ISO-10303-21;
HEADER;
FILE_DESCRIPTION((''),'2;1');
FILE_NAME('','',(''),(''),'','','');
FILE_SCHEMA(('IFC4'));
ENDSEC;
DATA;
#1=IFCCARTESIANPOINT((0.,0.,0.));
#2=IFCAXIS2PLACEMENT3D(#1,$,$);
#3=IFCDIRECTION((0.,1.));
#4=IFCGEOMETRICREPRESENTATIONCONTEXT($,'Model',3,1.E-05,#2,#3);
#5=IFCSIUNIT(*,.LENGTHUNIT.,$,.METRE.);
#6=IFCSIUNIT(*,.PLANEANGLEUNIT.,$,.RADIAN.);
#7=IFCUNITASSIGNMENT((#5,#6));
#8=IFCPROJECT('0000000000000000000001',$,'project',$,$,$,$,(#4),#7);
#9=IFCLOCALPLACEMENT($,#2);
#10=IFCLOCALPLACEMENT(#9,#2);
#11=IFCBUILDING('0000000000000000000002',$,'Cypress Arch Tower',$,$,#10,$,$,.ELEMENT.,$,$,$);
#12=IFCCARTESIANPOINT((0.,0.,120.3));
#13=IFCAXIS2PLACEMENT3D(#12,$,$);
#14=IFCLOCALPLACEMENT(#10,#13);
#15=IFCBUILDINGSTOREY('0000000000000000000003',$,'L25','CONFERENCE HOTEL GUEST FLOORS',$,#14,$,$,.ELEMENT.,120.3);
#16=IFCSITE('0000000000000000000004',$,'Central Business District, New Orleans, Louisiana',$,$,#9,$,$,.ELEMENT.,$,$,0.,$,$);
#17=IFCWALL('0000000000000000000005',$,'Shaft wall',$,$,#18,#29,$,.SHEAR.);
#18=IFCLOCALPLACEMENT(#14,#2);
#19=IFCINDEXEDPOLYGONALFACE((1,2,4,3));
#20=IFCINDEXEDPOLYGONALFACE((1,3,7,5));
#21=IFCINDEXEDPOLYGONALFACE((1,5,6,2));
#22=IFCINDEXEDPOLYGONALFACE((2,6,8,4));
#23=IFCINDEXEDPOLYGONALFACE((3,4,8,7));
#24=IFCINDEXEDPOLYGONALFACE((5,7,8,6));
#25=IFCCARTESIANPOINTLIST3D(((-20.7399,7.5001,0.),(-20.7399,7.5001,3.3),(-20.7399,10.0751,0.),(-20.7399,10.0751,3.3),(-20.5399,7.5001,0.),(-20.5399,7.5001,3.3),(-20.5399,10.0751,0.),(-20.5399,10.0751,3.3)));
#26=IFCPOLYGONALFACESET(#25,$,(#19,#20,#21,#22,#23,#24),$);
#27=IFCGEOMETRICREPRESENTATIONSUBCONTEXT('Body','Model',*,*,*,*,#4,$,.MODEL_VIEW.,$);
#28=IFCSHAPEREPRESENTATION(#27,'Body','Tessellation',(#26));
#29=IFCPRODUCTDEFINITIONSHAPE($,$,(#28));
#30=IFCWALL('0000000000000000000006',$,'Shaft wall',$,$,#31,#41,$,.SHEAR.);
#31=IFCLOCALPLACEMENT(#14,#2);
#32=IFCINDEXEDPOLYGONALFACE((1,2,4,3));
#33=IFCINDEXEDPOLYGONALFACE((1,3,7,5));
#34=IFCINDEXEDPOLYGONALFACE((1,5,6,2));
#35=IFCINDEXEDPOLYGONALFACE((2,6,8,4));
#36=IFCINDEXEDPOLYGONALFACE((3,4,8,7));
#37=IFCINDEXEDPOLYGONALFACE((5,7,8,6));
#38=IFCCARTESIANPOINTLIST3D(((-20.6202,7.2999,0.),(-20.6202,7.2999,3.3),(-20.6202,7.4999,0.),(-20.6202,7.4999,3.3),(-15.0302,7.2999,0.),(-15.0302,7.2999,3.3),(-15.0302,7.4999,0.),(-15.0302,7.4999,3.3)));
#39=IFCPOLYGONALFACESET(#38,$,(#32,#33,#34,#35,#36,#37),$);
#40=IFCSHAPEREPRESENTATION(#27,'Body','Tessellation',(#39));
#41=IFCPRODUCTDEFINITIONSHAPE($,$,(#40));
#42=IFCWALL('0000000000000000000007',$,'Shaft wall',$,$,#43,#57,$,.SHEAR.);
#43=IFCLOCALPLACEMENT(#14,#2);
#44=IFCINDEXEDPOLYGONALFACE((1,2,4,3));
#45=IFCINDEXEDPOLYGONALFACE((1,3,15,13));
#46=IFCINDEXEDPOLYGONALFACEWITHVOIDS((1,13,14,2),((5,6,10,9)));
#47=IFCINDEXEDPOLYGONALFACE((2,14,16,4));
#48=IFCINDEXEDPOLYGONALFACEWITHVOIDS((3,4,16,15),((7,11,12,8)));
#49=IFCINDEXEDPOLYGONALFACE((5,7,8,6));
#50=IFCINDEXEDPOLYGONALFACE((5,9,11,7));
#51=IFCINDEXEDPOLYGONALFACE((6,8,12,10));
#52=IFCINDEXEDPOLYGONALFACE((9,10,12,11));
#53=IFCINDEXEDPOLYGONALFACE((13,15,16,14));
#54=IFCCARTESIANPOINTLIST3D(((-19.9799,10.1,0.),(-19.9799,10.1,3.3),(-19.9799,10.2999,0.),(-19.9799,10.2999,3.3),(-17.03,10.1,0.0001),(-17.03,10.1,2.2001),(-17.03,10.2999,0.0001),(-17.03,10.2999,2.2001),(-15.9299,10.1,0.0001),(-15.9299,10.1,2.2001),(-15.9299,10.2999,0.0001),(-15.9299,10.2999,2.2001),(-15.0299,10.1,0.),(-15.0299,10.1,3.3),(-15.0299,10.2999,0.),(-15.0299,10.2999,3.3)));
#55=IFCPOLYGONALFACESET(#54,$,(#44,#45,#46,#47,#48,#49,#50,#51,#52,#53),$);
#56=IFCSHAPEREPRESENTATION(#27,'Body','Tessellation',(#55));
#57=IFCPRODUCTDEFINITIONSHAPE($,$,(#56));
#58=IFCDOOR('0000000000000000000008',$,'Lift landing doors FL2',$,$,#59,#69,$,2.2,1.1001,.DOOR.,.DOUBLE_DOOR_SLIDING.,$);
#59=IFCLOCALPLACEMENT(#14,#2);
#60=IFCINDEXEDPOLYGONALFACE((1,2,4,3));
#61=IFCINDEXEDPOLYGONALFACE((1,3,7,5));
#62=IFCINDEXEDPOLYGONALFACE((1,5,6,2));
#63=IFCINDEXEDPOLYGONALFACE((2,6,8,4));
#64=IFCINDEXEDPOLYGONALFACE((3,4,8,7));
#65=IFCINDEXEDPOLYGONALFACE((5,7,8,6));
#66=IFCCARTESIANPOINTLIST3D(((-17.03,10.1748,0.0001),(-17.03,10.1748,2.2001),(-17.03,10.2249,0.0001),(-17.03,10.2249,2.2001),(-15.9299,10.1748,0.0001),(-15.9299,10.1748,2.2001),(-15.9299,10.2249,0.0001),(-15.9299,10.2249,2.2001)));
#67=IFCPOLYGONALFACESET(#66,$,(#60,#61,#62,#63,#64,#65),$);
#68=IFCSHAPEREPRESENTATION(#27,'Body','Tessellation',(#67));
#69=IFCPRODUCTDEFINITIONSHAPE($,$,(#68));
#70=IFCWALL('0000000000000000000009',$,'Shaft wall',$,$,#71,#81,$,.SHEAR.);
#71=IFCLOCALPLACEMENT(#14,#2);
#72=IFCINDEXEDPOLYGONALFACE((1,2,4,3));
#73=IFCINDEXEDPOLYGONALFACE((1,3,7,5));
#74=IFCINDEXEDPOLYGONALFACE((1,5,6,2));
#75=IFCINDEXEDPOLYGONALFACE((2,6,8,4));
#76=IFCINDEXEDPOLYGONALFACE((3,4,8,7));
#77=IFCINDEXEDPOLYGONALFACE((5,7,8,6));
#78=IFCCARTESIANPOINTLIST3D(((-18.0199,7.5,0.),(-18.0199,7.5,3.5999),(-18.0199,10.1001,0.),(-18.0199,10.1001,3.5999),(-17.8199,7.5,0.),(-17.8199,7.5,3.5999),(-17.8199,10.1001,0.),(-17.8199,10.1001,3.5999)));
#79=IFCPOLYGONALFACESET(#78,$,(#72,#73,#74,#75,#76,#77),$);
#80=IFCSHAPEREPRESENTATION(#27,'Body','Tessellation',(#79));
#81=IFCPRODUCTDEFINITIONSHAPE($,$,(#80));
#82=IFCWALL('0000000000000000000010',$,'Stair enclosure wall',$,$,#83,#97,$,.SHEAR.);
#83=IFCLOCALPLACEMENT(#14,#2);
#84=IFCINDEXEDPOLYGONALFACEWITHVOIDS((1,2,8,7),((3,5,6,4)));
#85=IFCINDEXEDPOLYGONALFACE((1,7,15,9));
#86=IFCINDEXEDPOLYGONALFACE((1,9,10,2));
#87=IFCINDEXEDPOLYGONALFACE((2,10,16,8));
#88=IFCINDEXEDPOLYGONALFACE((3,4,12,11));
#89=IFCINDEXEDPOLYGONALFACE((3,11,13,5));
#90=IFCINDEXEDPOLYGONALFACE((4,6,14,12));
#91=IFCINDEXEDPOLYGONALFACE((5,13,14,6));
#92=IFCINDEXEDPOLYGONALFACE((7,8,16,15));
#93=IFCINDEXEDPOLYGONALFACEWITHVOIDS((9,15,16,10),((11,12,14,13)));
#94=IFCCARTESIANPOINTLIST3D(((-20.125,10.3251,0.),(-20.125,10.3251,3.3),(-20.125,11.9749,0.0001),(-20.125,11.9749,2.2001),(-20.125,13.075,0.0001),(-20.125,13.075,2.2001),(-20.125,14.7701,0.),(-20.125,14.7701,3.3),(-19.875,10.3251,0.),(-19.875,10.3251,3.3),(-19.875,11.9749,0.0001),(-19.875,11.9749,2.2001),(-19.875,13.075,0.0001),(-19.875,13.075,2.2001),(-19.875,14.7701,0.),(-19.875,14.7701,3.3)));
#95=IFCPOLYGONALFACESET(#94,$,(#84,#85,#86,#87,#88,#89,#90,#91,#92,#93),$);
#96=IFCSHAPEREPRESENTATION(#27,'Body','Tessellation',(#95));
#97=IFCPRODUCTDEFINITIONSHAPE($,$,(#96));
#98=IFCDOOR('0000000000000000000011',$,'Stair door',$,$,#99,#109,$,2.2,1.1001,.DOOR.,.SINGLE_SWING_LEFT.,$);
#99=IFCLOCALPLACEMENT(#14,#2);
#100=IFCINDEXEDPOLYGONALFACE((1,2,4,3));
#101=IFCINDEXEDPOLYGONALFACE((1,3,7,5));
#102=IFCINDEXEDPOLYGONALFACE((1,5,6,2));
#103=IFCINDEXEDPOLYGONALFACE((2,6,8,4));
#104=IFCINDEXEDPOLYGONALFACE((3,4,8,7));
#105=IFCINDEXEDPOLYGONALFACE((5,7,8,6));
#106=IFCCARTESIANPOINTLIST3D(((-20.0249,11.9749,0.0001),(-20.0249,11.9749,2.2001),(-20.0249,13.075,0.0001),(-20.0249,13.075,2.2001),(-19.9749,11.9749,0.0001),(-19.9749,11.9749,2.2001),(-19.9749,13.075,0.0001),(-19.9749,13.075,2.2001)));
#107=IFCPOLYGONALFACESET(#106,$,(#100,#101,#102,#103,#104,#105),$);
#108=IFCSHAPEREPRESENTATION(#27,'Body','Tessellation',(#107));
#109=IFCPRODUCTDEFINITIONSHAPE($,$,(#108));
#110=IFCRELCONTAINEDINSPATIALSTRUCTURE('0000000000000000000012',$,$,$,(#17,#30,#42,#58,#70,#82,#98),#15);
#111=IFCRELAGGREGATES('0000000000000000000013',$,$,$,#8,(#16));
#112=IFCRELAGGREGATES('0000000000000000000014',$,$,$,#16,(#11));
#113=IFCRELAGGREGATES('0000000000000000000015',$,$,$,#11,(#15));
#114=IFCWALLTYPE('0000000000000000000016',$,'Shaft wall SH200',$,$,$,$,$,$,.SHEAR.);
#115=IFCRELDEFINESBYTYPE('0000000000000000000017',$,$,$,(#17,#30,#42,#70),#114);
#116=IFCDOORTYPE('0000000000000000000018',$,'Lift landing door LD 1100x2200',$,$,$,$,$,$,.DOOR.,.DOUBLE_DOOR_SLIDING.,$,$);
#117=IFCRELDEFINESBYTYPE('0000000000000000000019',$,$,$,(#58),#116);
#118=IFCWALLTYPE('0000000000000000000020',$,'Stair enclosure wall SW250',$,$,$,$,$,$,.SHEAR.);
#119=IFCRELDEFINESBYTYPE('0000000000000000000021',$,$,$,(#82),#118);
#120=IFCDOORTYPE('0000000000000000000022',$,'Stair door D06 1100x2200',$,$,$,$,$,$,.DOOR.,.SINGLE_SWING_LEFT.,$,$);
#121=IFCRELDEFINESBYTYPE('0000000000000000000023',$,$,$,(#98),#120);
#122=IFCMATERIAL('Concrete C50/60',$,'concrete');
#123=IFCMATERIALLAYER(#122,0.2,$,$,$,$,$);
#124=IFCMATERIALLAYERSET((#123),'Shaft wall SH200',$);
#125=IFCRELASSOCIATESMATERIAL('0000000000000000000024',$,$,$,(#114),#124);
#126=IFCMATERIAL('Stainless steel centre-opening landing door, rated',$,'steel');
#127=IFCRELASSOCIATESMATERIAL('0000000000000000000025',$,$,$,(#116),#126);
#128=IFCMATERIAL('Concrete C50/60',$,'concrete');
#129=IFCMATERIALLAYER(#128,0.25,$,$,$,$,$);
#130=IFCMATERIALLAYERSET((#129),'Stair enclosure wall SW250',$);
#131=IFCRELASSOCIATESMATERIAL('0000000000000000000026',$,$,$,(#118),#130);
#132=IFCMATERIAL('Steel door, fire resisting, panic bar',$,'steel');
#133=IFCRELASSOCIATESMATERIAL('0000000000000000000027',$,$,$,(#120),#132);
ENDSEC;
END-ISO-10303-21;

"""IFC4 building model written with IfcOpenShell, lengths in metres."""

from ifc_helpers import new_model, si_unit, direction, frame, frame_2d, origin, place, context, subcontext, project, spatial, rectangle, extrude, material, layer, layer_set, type_object, element, fill, save


model = new_model("IFC4")

# Units and contexts
model_context = context("Model", 3, precision=1e-05, world=origin(), true_north=direction((0.0, 1.0)))
body_context = subcontext(model_context, "Body", "Model", "MODEL_VIEW")
ifc_project = project(units=[si_unit("LENGTHUNIT", "METRE"), si_unit("PLANEANGLEUNIT", "RADIAN")], contexts=[model_context])

# Site, building, storey
site_placement = place(None, origin())
site = spatial("IfcSite", under=ifc_project, at=site_placement, Name="Central Business District, New Orleans, Louisiana", CompositionType="ELEMENT", RefElevation=0.0)
building_placement = place(site_placement, origin())
building = spatial("IfcBuilding", under=site, at=building_placement, Name="Cypress Arch Tower", CompositionType="ELEMENT")
storey_placement = place(building_placement, frame((0.0, 0.0, 120.3)))
storey = spatial("IfcBuildingStorey", under=building, at=storey_placement, Name="L25", Description="CONFERENCE HOTEL GUEST FLOORS", CompositionType="ELEMENT", Elevation=120.3)

# Walls
ifc_material_1 = material(Name="Concrete C50/60", Category="concrete")
ifc_layer_1 = layer(ifc_material_1, 0.2)
ifc_layer_set_1 = layer_set([ifc_layer_1], Name="Shaft wall SH200")
wall_type_1 = type_object("IfcWallType", Name="Shaft wall SH200", PredefinedType="SHEAR", material=ifc_layer_set_1)
wall_1_placement = place(storey_placement, frame((-20.6399, 7.5, 0.0), z_axis=(0.0, 0.0, 1.0), x_axis=(0.0, 1.0, 0.0)))
element("IfcWall", 1, at=wall_1_placement, inside=storey, type_object=wall_type_1, Name="Shaft wall", PredefinedType="SHEAR", context=body_context, shape_type="SweptSolid", body=[
    extrude(rectangle(XDim=2.575, YDim=0.2, at=frame_2d((1.2876, 0.0))), origin(), (0.0, 0.0, 1.0), 3.3),
])
wall_2_placement = place(storey_placement, frame((-20.6201, 7.3999, 0.0), z_axis=(0.0, 0.0, 1.0), x_axis=(1.0, 0.0, 0.0)))
element("IfcWall", 2, at=wall_2_placement, inside=storey, type_object=wall_type_1, Name="Shaft wall", PredefinedType="SHEAR", context=body_context, shape_type="SweptSolid", body=[
    extrude(rectangle(XDim=5.5901, YDim=0.2, at=frame_2d((2.7949, 0.0))), origin(), (0.0, 0.0, 1.0), 3.3),
])

# Wall, opening, door
wall_3_placement = place(storey_placement, frame((-19.98, 10.2, 0.0), z_axis=(0.0, 0.0, 1.0), x_axis=(1.0, 0.0, 0.0)))
wall_3 = element("IfcWall", 3, at=wall_3_placement, inside=storey, type_object=wall_type_1, Name="Shaft wall", PredefinedType="SHEAR", context=body_context, shape_type="SweptSolid", body=[
    extrude(rectangle(XDim=4.95, YDim=0.2, at=frame_2d((2.4751, 0.0))), origin(), (0.0, 0.0, 1.0), 3.3),
])
opening_1_placement = place(wall_3_placement, frame((2.95, 0.0, 0.0)))
opening_1 = element("IfcOpeningElement", 4, at=opening_1_placement, cuts=wall_3, PredefinedType="OPENING", context=body_context, shape_type="SweptSolid", body=[
    extrude(rectangle(XDim=1.1001, YDim=2.2, at=frame_2d((0.55, 1.1001))), frame((0.0, 0.1099, 0.0), z_axis=(0.0, -1.0, 0.0), x_axis=(1.0, 0.0, 0.0)), (0.0, 0.0, 1.0), 0.22),
])
ifc_material_2 = material(Name="Stainless steel centre-opening landing door, rated", Category="steel")
door_type_1 = type_object("IfcDoorType", Name="Lift landing door LD 1100x2200", OperationType="DOUBLE_DOOR_SLIDING", PredefinedType="DOOR", material=ifc_material_2)
door_1_placement = place(opening_1_placement, origin())
door_1 = element("IfcDoor", 5, at=door_1_placement, inside=storey, type_object=door_type_1, Name="Lift landing doors FL2", OperationType="DOUBLE_DOOR_SLIDING", OverallHeight=2.2, OverallWidth=1.1001, PredefinedType="DOOR", context=body_context, shape_type="SweptSolid", body=[
    extrude(rectangle(XDim=1.1001, YDim=2.2, at=frame_2d((0.55, 1.1001))), frame((0.0, 0.0249, 0.0), z_axis=(0.0, -1.0, 0.0), x_axis=(1.0, 0.0, 0.0)), (0.0, 0.0, 1.0), 0.05),
])
fill(opening_1, door_1)

# Wall
wall_4_placement = place(storey_placement, frame((-17.9199, 7.5, 0.0), z_axis=(0.0, 0.0, 1.0), x_axis=(0.0, 1.0, 0.0)))
element("IfcWall", 6, at=wall_4_placement, inside=storey, type_object=wall_type_1, Name="Shaft wall", PredefinedType="SHEAR", context=body_context, shape_type="SweptSolid", body=[
    extrude(rectangle(XDim=2.6001, YDim=0.2, at=frame_2d((1.3, 0.0))), origin(), (0.0, 0.0, 1.0), 3.5999),
])

# Wall, opening, door
ifc_material_3 = material(Name="Concrete C50/60", Category="concrete")
ifc_layer_2 = layer(ifc_material_3, 0.25)
ifc_layer_set_2 = layer_set([ifc_layer_2], Name="Stair enclosure wall SW250")
wall_type_2 = type_object("IfcWallType", Name="Stair enclosure wall SW250", PredefinedType="SHEAR", material=ifc_layer_set_2)
wall_5_placement = place(storey_placement, frame((-20.0, 10.325, 0.0), z_axis=(0.0, 0.0, 1.0), x_axis=(0.0, 1.0, 0.0)))
wall_5 = element("IfcWall", 7, at=wall_5_placement, inside=storey, type_object=wall_type_2, Name="Stair enclosure wall", PredefinedType="SHEAR", context=body_context, shape_type="SweptSolid", body=[
    extrude(rectangle(XDim=4.4451, YDim=0.25, at=frame_2d((2.2227, 0.0))), origin(), (0.0, 0.0, 1.0), 3.3),
])
opening_2_placement = place(wall_5_placement, frame((1.6499, 0.0, 0.0)))
opening_2 = element("IfcOpeningElement", 8, at=opening_2_placement, cuts=wall_5, PredefinedType="OPENING", context=body_context, shape_type="SweptSolid", body=[
    extrude(rectangle(XDim=1.1001, YDim=2.2, at=frame_2d((0.55, 1.1001))), frame((0.0, 0.135, 0.0), z_axis=(0.0, -1.0, 0.0), x_axis=(1.0, 0.0, 0.0)), (0.0, 0.0, 1.0), 0.27),
])
ifc_material_4 = material(Name="Steel door, fire resisting, panic bar", Category="steel")
door_type_2 = type_object("IfcDoorType", Name="Stair door D06 1100x2200", OperationType="SINGLE_SWING_LEFT", PredefinedType="DOOR", material=ifc_material_4)
door_2_placement = place(opening_2_placement, origin())
door_2 = element("IfcDoor", 9, at=door_2_placement, inside=storey, type_object=door_type_2, Name="Stair door", OperationType="SINGLE_SWING_LEFT", OverallHeight=2.2, OverallWidth=1.1001, PredefinedType="DOOR", context=body_context, shape_type="SweptSolid", body=[
    extrude(rectangle(XDim=1.1001, YDim=2.2, at=frame_2d((0.55, 1.1001))), frame((0.0, 0.0249, 0.0), z_axis=(0.0, -1.0, 0.0), x_axis=(1.0, 0.0, 0.0)), (0.0, 0.0, 1.0), 0.05),
])
fill(opening_2, door_2)

save(model, "model.ifc")
